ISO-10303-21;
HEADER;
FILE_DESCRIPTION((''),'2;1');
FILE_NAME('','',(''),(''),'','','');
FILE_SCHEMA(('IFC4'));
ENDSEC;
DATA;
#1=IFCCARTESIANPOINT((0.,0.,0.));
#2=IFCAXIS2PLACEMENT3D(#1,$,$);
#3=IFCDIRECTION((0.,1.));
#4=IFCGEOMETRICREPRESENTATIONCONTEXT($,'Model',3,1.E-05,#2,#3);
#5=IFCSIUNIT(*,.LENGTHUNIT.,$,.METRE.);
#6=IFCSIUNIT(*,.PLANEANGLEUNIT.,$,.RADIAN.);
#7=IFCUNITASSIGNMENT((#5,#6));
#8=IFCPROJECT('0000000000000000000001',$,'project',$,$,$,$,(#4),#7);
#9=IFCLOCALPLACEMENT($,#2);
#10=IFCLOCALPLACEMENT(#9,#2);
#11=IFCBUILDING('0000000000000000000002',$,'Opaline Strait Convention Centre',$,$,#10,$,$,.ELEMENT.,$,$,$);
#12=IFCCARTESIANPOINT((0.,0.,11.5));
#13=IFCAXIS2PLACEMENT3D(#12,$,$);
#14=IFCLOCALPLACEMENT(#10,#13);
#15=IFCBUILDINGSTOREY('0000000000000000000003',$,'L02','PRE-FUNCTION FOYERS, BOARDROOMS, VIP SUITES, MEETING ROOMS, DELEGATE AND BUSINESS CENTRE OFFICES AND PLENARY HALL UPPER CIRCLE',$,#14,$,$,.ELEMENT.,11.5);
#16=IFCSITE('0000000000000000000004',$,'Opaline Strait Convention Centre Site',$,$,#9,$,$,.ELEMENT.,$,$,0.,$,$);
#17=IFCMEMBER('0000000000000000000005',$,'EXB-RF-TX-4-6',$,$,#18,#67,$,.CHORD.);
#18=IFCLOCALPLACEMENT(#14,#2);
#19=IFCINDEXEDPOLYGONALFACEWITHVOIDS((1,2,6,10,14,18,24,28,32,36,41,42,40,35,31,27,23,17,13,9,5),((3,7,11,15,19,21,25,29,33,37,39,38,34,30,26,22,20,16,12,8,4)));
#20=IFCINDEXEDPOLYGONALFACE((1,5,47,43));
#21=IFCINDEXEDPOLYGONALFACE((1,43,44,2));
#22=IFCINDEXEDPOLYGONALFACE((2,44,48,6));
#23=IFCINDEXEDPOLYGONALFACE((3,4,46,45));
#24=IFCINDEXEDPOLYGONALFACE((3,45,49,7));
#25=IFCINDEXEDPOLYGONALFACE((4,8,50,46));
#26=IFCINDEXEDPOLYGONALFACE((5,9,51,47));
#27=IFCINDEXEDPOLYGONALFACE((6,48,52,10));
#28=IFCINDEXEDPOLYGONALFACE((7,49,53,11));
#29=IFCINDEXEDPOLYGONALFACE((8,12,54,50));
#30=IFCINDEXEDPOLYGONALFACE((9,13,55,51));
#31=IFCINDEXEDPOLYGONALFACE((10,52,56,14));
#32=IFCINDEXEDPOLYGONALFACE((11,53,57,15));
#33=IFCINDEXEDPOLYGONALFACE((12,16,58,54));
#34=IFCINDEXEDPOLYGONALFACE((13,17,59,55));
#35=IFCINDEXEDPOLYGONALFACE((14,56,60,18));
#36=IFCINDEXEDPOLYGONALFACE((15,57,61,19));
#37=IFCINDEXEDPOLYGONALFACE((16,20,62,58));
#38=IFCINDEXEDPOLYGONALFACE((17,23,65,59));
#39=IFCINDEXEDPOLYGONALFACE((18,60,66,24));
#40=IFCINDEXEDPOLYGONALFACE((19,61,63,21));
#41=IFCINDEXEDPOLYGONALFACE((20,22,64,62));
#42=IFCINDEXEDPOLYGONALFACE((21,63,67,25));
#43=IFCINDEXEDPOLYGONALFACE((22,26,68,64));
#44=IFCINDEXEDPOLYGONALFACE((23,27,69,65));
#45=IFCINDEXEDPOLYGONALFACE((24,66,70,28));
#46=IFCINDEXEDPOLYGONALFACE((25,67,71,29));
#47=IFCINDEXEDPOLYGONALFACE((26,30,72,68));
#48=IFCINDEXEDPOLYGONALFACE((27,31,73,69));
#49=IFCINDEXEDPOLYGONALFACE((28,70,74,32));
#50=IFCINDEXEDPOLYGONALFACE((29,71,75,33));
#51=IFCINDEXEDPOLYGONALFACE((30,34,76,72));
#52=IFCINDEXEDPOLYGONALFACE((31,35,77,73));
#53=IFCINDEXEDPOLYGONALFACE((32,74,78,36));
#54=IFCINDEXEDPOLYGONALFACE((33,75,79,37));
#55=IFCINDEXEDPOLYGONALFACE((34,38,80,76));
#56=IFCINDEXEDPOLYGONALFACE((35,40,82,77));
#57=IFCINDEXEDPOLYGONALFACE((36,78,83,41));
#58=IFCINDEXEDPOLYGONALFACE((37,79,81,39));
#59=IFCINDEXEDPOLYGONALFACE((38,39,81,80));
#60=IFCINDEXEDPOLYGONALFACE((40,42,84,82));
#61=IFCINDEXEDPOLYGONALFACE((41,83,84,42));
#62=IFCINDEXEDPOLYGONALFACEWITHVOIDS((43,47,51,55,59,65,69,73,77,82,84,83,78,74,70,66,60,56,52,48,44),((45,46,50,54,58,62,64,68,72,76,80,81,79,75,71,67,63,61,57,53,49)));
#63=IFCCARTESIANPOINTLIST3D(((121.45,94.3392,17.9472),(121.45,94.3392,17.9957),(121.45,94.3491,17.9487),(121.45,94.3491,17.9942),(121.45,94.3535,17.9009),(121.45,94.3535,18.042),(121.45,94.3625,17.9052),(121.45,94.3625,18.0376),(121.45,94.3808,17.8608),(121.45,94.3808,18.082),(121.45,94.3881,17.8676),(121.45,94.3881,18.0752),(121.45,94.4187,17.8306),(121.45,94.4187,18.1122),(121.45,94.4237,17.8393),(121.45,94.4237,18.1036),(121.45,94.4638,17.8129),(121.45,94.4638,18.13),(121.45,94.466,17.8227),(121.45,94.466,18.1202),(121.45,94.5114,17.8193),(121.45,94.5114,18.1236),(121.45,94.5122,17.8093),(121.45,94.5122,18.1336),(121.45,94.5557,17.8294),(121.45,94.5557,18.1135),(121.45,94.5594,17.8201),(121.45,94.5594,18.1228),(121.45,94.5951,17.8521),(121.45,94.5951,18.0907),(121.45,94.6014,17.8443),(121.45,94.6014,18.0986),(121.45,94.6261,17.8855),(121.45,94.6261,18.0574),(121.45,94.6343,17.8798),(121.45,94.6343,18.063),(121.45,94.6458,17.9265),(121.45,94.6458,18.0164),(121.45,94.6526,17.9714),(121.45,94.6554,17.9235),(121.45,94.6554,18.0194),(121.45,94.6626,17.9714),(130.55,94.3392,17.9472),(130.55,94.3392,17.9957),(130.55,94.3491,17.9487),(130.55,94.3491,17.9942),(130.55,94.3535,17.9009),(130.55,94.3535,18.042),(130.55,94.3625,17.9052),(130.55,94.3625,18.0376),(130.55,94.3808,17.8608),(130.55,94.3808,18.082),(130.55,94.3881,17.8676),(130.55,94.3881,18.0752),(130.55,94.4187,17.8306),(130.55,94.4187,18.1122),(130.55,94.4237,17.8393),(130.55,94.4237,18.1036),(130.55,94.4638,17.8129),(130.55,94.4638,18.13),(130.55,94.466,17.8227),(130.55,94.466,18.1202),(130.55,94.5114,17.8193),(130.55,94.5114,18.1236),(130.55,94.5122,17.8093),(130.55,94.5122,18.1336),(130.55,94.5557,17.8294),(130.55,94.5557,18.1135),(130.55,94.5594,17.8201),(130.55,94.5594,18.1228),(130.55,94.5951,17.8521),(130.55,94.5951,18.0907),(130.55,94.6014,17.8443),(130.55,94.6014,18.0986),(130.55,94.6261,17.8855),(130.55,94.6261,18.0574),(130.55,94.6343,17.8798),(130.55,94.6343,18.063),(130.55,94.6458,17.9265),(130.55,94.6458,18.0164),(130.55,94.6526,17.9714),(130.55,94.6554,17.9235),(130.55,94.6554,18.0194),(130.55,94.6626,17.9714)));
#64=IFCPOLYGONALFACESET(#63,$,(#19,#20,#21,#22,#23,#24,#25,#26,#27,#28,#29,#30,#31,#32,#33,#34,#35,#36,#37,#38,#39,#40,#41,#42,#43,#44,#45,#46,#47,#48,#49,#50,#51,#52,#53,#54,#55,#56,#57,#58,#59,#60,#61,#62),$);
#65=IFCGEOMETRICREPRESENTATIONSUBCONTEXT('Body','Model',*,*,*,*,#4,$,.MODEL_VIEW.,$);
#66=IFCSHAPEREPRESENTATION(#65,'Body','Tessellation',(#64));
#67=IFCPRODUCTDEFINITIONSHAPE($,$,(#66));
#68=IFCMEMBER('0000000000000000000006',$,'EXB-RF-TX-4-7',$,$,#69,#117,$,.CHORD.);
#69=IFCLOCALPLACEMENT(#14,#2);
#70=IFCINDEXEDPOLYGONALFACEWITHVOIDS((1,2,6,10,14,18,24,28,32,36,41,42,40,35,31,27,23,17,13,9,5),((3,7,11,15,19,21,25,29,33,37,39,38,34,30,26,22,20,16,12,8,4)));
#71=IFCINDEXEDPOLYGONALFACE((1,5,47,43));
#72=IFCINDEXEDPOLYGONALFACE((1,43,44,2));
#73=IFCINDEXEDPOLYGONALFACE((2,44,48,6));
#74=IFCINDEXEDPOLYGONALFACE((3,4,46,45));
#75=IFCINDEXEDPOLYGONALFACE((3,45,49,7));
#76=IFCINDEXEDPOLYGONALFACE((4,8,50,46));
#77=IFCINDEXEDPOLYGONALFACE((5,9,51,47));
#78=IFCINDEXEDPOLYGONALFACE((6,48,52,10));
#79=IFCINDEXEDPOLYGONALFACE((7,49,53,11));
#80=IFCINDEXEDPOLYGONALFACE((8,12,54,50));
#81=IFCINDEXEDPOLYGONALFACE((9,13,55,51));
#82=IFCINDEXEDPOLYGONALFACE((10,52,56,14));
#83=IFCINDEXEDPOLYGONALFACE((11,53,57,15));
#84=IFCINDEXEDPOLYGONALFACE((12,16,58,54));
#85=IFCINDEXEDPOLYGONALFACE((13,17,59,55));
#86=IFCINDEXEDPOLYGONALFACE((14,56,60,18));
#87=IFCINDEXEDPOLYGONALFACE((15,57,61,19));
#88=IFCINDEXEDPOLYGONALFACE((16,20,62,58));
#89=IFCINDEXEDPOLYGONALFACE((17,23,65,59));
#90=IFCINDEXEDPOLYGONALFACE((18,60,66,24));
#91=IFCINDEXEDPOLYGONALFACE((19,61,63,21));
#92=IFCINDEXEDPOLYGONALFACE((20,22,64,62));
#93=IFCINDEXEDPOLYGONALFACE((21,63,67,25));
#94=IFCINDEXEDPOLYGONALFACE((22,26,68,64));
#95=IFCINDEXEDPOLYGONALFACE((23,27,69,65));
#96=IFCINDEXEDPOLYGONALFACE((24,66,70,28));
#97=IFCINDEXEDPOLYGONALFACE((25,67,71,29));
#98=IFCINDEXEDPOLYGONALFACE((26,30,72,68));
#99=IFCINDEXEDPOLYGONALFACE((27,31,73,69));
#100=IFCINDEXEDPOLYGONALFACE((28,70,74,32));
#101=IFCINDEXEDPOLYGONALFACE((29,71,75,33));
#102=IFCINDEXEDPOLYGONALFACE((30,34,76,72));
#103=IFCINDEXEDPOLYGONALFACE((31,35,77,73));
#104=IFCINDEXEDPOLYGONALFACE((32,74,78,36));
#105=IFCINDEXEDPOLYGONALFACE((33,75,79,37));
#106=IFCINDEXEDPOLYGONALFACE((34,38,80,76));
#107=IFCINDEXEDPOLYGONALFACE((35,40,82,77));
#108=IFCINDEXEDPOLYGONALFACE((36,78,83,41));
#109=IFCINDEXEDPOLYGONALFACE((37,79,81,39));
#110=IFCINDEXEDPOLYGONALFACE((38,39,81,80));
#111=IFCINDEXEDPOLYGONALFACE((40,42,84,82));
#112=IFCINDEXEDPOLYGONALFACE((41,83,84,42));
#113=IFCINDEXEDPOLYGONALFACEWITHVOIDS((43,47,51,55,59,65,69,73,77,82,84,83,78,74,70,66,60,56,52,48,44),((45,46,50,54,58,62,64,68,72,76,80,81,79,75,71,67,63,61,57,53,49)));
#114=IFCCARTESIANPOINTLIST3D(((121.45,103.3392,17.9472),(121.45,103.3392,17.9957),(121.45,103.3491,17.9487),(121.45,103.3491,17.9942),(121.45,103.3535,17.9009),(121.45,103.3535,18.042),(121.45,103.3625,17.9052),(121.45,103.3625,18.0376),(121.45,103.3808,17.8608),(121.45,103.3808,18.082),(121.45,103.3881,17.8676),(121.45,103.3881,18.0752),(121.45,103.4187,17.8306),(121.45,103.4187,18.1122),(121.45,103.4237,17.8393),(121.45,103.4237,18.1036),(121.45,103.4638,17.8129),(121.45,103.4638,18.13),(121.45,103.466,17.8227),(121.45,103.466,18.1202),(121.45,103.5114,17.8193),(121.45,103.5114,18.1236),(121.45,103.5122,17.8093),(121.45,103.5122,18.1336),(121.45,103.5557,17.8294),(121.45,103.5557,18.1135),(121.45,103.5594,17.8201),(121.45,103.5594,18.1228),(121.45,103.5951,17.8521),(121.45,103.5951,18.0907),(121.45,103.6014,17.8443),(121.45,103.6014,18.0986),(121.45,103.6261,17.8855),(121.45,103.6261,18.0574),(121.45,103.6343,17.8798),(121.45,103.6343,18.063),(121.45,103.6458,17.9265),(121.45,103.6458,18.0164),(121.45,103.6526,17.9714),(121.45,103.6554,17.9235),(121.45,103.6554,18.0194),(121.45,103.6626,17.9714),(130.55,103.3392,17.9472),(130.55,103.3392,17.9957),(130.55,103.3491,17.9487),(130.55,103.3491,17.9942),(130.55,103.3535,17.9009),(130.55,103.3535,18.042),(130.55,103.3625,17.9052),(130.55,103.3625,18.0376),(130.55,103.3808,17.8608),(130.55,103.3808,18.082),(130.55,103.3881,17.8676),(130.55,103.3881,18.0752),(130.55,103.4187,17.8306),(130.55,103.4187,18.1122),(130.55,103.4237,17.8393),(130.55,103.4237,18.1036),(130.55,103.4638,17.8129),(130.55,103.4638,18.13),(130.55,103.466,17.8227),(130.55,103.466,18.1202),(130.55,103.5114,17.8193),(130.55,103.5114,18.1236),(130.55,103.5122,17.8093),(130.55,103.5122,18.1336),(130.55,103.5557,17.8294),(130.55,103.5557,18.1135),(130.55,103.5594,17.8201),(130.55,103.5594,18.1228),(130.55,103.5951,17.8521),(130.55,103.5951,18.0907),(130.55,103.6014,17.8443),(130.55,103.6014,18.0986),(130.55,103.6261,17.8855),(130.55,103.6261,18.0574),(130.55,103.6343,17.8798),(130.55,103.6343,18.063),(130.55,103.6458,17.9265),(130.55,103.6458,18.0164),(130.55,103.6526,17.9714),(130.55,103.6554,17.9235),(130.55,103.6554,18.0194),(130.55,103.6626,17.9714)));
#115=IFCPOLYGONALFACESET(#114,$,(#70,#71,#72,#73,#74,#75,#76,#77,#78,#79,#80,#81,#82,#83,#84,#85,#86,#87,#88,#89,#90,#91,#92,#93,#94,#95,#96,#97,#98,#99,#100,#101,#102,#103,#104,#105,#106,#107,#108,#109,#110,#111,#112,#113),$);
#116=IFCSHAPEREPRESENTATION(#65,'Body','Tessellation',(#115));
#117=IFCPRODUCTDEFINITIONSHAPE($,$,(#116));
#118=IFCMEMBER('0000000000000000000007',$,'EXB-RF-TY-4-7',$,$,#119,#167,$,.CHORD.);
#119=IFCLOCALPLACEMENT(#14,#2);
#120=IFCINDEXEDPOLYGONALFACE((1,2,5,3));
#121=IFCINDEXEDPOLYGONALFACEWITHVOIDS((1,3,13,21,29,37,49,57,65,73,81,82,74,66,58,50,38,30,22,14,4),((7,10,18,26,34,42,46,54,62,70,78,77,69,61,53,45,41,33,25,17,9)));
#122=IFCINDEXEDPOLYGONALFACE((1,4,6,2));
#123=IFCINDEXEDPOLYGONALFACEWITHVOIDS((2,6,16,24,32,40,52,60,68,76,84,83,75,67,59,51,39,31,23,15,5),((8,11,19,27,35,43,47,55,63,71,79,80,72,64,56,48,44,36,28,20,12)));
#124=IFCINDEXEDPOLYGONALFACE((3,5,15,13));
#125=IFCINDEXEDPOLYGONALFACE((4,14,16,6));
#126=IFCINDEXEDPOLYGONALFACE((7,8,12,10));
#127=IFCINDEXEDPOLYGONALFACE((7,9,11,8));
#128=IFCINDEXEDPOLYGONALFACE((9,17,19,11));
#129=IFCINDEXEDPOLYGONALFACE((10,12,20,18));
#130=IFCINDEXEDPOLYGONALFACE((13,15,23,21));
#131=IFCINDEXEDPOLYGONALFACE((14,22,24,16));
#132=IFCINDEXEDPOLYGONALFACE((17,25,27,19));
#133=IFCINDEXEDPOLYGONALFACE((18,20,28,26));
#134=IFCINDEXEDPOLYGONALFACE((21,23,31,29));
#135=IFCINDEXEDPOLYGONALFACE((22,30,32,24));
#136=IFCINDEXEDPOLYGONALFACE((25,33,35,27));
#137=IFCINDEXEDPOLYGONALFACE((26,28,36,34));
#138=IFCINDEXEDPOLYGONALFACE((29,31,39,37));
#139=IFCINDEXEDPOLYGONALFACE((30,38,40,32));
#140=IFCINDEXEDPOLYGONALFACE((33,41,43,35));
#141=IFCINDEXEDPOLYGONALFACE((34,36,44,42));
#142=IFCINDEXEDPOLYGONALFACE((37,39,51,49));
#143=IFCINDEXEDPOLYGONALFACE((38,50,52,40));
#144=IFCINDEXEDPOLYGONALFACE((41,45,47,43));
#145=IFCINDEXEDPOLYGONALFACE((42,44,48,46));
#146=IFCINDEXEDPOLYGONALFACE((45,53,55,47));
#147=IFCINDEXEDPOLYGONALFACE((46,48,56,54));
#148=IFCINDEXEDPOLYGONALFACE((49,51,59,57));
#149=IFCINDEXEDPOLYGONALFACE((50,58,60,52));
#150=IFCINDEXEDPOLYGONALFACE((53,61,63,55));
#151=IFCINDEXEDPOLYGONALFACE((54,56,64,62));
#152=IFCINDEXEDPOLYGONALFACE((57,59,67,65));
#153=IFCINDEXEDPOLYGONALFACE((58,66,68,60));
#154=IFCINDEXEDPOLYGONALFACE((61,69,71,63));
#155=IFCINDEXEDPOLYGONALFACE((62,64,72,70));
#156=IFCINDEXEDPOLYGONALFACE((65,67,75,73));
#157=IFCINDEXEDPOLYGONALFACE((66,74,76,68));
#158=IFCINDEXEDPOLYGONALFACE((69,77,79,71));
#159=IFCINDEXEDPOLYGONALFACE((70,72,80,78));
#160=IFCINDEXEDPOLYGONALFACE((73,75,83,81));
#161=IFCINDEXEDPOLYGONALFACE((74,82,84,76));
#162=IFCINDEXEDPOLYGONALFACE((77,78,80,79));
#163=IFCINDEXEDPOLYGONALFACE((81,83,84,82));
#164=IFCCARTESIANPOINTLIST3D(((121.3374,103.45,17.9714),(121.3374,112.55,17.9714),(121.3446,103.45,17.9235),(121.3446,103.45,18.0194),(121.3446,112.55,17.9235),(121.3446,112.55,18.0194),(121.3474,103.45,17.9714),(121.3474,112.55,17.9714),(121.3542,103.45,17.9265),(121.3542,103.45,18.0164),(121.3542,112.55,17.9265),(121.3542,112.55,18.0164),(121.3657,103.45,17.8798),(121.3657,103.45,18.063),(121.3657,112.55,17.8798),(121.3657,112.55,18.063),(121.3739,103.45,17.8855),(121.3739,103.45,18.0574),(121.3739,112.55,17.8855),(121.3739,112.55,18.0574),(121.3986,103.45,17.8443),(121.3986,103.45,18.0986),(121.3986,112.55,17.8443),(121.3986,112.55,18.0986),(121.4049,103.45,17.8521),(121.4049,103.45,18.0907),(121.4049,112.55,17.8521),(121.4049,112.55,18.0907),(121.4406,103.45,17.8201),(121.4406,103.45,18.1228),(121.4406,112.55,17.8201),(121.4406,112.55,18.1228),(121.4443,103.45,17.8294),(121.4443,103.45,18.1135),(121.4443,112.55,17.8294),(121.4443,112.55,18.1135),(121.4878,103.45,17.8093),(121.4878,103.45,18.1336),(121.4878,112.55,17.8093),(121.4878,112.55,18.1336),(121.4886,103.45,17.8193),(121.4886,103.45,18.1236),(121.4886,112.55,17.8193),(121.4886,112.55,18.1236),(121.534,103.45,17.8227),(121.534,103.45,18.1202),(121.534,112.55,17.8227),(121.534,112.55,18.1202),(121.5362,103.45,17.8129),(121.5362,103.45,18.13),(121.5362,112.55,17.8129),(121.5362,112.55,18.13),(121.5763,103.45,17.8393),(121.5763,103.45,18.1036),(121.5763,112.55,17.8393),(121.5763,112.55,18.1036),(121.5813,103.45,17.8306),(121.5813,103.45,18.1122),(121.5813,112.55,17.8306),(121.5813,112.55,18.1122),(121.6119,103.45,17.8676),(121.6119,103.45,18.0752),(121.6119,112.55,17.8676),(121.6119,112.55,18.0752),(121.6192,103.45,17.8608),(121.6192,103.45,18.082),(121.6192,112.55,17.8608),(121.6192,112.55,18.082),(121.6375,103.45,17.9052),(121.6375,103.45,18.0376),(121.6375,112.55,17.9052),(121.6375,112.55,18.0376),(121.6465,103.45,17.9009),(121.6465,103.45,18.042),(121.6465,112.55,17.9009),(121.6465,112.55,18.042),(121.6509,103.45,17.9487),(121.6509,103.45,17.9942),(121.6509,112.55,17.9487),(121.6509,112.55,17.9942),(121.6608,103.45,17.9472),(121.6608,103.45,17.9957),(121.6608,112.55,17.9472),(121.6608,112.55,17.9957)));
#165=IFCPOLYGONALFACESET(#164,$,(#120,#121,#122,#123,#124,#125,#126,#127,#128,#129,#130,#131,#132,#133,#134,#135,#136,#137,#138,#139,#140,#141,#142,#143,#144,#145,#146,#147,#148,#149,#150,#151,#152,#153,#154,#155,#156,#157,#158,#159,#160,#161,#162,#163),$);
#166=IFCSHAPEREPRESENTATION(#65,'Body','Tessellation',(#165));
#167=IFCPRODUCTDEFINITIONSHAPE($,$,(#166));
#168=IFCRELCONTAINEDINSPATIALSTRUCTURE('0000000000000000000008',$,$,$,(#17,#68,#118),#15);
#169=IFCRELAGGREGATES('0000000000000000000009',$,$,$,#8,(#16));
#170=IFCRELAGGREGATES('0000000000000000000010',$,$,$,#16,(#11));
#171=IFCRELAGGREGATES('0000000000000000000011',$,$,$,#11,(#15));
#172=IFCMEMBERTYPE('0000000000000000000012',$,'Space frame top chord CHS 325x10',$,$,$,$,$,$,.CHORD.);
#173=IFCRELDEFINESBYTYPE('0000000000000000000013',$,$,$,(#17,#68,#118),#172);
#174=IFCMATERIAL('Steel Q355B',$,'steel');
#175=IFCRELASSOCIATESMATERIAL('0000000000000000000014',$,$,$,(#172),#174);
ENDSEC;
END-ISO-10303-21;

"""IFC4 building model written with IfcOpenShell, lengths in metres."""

from ifc_helpers import new_model, si_unit, direction, frame, origin, origin_2d, place, context, subcontext, project, spatial, hollow_circle, extrude, material, material_profile, profile_set, type_object, element, save


model = new_model("IFC4")

# Units and contexts
model_context = context("Model", 3, precision=1e-05, world=origin(), true_north=direction((0.0, 1.0)))
body_context = subcontext(model_context, "Body", "Model", "MODEL_VIEW")
ifc_project = project(units=[si_unit("LENGTHUNIT", "METRE"), si_unit("PLANEANGLEUNIT", "RADIAN")], contexts=[model_context])

# Site, building, storey
site_placement = place(None, origin())
site = spatial("IfcSite", under=ifc_project, at=site_placement, Name="Opaline Strait Convention Centre Site", CompositionType="ELEMENT", RefElevation=0.0)
building_placement = place(site_placement, origin())
building = spatial("IfcBuilding", under=site, at=building_placement, Name="Opaline Strait Convention Centre", CompositionType="ELEMENT")
storey_placement = place(building_placement, frame((0.0, 0.0, 11.5)))
storey = spatial("IfcBuildingStorey", under=building, at=storey_placement, Name="L02", Description="PRE-FUNCTION FOYERS, BOARDROOMS, VIP SUITES, MEETING ROOMS, DELEGATE AND BUSINESS CENTRE OFFICES AND PLENARY HALL UPPER CIRCLE", CompositionType="ELEMENT", Elevation=11.5)

# Members
ifc_material = material(Name="Steel Q355B", Category="steel")
ifc_material_profile_1 = material_profile(ifc_material, hollow_circle(Radius=0.1626, WallThickness=0.01, at=origin_2d()), Name="CHS 325x10")
ifc_profile_set_1 = profile_set([ifc_material_profile_1], Name="Steel Q355B")
member_type_1 = type_object("IfcMemberType", Name="Space frame top chord CHS 325x10", PredefinedType="CHORD", material=ifc_profile_set_1)
for number, where, z_axis, x_axis, name in (
    (1, (121.45, 94.5, 17.9714), (1.0, 0.0, 0.0), (0.0, 1.0, 0.0), "EXB-RF-TX-4-6"),
    (2, (121.45, 103.5, 17.9714), (1.0, 0.0, 0.0), (0.0, 1.0, 0.0), "EXB-RF-TX-4-7"),
    (3, (121.5, 103.45, 17.9714), (0.0, 1.0, 0.0), (-1.0, 0.0, 0.0), "EXB-RF-TY-4-7"),
):
    element("IfcMember", number, at=place(storey_placement, frame(where, z_axis=z_axis, x_axis=x_axis)), inside=storey, type_object=member_type_1, Name=name, PredefinedType="CHORD", context=body_context, shape_type="SweptSolid", body=[
        extrude(hollow_circle(Radius=0.1626, WallThickness=0.01, at=origin_2d()), origin(), (0.0, 0.0, 1.0), 9.1001),
    ])

save(model, "model.ifc")
